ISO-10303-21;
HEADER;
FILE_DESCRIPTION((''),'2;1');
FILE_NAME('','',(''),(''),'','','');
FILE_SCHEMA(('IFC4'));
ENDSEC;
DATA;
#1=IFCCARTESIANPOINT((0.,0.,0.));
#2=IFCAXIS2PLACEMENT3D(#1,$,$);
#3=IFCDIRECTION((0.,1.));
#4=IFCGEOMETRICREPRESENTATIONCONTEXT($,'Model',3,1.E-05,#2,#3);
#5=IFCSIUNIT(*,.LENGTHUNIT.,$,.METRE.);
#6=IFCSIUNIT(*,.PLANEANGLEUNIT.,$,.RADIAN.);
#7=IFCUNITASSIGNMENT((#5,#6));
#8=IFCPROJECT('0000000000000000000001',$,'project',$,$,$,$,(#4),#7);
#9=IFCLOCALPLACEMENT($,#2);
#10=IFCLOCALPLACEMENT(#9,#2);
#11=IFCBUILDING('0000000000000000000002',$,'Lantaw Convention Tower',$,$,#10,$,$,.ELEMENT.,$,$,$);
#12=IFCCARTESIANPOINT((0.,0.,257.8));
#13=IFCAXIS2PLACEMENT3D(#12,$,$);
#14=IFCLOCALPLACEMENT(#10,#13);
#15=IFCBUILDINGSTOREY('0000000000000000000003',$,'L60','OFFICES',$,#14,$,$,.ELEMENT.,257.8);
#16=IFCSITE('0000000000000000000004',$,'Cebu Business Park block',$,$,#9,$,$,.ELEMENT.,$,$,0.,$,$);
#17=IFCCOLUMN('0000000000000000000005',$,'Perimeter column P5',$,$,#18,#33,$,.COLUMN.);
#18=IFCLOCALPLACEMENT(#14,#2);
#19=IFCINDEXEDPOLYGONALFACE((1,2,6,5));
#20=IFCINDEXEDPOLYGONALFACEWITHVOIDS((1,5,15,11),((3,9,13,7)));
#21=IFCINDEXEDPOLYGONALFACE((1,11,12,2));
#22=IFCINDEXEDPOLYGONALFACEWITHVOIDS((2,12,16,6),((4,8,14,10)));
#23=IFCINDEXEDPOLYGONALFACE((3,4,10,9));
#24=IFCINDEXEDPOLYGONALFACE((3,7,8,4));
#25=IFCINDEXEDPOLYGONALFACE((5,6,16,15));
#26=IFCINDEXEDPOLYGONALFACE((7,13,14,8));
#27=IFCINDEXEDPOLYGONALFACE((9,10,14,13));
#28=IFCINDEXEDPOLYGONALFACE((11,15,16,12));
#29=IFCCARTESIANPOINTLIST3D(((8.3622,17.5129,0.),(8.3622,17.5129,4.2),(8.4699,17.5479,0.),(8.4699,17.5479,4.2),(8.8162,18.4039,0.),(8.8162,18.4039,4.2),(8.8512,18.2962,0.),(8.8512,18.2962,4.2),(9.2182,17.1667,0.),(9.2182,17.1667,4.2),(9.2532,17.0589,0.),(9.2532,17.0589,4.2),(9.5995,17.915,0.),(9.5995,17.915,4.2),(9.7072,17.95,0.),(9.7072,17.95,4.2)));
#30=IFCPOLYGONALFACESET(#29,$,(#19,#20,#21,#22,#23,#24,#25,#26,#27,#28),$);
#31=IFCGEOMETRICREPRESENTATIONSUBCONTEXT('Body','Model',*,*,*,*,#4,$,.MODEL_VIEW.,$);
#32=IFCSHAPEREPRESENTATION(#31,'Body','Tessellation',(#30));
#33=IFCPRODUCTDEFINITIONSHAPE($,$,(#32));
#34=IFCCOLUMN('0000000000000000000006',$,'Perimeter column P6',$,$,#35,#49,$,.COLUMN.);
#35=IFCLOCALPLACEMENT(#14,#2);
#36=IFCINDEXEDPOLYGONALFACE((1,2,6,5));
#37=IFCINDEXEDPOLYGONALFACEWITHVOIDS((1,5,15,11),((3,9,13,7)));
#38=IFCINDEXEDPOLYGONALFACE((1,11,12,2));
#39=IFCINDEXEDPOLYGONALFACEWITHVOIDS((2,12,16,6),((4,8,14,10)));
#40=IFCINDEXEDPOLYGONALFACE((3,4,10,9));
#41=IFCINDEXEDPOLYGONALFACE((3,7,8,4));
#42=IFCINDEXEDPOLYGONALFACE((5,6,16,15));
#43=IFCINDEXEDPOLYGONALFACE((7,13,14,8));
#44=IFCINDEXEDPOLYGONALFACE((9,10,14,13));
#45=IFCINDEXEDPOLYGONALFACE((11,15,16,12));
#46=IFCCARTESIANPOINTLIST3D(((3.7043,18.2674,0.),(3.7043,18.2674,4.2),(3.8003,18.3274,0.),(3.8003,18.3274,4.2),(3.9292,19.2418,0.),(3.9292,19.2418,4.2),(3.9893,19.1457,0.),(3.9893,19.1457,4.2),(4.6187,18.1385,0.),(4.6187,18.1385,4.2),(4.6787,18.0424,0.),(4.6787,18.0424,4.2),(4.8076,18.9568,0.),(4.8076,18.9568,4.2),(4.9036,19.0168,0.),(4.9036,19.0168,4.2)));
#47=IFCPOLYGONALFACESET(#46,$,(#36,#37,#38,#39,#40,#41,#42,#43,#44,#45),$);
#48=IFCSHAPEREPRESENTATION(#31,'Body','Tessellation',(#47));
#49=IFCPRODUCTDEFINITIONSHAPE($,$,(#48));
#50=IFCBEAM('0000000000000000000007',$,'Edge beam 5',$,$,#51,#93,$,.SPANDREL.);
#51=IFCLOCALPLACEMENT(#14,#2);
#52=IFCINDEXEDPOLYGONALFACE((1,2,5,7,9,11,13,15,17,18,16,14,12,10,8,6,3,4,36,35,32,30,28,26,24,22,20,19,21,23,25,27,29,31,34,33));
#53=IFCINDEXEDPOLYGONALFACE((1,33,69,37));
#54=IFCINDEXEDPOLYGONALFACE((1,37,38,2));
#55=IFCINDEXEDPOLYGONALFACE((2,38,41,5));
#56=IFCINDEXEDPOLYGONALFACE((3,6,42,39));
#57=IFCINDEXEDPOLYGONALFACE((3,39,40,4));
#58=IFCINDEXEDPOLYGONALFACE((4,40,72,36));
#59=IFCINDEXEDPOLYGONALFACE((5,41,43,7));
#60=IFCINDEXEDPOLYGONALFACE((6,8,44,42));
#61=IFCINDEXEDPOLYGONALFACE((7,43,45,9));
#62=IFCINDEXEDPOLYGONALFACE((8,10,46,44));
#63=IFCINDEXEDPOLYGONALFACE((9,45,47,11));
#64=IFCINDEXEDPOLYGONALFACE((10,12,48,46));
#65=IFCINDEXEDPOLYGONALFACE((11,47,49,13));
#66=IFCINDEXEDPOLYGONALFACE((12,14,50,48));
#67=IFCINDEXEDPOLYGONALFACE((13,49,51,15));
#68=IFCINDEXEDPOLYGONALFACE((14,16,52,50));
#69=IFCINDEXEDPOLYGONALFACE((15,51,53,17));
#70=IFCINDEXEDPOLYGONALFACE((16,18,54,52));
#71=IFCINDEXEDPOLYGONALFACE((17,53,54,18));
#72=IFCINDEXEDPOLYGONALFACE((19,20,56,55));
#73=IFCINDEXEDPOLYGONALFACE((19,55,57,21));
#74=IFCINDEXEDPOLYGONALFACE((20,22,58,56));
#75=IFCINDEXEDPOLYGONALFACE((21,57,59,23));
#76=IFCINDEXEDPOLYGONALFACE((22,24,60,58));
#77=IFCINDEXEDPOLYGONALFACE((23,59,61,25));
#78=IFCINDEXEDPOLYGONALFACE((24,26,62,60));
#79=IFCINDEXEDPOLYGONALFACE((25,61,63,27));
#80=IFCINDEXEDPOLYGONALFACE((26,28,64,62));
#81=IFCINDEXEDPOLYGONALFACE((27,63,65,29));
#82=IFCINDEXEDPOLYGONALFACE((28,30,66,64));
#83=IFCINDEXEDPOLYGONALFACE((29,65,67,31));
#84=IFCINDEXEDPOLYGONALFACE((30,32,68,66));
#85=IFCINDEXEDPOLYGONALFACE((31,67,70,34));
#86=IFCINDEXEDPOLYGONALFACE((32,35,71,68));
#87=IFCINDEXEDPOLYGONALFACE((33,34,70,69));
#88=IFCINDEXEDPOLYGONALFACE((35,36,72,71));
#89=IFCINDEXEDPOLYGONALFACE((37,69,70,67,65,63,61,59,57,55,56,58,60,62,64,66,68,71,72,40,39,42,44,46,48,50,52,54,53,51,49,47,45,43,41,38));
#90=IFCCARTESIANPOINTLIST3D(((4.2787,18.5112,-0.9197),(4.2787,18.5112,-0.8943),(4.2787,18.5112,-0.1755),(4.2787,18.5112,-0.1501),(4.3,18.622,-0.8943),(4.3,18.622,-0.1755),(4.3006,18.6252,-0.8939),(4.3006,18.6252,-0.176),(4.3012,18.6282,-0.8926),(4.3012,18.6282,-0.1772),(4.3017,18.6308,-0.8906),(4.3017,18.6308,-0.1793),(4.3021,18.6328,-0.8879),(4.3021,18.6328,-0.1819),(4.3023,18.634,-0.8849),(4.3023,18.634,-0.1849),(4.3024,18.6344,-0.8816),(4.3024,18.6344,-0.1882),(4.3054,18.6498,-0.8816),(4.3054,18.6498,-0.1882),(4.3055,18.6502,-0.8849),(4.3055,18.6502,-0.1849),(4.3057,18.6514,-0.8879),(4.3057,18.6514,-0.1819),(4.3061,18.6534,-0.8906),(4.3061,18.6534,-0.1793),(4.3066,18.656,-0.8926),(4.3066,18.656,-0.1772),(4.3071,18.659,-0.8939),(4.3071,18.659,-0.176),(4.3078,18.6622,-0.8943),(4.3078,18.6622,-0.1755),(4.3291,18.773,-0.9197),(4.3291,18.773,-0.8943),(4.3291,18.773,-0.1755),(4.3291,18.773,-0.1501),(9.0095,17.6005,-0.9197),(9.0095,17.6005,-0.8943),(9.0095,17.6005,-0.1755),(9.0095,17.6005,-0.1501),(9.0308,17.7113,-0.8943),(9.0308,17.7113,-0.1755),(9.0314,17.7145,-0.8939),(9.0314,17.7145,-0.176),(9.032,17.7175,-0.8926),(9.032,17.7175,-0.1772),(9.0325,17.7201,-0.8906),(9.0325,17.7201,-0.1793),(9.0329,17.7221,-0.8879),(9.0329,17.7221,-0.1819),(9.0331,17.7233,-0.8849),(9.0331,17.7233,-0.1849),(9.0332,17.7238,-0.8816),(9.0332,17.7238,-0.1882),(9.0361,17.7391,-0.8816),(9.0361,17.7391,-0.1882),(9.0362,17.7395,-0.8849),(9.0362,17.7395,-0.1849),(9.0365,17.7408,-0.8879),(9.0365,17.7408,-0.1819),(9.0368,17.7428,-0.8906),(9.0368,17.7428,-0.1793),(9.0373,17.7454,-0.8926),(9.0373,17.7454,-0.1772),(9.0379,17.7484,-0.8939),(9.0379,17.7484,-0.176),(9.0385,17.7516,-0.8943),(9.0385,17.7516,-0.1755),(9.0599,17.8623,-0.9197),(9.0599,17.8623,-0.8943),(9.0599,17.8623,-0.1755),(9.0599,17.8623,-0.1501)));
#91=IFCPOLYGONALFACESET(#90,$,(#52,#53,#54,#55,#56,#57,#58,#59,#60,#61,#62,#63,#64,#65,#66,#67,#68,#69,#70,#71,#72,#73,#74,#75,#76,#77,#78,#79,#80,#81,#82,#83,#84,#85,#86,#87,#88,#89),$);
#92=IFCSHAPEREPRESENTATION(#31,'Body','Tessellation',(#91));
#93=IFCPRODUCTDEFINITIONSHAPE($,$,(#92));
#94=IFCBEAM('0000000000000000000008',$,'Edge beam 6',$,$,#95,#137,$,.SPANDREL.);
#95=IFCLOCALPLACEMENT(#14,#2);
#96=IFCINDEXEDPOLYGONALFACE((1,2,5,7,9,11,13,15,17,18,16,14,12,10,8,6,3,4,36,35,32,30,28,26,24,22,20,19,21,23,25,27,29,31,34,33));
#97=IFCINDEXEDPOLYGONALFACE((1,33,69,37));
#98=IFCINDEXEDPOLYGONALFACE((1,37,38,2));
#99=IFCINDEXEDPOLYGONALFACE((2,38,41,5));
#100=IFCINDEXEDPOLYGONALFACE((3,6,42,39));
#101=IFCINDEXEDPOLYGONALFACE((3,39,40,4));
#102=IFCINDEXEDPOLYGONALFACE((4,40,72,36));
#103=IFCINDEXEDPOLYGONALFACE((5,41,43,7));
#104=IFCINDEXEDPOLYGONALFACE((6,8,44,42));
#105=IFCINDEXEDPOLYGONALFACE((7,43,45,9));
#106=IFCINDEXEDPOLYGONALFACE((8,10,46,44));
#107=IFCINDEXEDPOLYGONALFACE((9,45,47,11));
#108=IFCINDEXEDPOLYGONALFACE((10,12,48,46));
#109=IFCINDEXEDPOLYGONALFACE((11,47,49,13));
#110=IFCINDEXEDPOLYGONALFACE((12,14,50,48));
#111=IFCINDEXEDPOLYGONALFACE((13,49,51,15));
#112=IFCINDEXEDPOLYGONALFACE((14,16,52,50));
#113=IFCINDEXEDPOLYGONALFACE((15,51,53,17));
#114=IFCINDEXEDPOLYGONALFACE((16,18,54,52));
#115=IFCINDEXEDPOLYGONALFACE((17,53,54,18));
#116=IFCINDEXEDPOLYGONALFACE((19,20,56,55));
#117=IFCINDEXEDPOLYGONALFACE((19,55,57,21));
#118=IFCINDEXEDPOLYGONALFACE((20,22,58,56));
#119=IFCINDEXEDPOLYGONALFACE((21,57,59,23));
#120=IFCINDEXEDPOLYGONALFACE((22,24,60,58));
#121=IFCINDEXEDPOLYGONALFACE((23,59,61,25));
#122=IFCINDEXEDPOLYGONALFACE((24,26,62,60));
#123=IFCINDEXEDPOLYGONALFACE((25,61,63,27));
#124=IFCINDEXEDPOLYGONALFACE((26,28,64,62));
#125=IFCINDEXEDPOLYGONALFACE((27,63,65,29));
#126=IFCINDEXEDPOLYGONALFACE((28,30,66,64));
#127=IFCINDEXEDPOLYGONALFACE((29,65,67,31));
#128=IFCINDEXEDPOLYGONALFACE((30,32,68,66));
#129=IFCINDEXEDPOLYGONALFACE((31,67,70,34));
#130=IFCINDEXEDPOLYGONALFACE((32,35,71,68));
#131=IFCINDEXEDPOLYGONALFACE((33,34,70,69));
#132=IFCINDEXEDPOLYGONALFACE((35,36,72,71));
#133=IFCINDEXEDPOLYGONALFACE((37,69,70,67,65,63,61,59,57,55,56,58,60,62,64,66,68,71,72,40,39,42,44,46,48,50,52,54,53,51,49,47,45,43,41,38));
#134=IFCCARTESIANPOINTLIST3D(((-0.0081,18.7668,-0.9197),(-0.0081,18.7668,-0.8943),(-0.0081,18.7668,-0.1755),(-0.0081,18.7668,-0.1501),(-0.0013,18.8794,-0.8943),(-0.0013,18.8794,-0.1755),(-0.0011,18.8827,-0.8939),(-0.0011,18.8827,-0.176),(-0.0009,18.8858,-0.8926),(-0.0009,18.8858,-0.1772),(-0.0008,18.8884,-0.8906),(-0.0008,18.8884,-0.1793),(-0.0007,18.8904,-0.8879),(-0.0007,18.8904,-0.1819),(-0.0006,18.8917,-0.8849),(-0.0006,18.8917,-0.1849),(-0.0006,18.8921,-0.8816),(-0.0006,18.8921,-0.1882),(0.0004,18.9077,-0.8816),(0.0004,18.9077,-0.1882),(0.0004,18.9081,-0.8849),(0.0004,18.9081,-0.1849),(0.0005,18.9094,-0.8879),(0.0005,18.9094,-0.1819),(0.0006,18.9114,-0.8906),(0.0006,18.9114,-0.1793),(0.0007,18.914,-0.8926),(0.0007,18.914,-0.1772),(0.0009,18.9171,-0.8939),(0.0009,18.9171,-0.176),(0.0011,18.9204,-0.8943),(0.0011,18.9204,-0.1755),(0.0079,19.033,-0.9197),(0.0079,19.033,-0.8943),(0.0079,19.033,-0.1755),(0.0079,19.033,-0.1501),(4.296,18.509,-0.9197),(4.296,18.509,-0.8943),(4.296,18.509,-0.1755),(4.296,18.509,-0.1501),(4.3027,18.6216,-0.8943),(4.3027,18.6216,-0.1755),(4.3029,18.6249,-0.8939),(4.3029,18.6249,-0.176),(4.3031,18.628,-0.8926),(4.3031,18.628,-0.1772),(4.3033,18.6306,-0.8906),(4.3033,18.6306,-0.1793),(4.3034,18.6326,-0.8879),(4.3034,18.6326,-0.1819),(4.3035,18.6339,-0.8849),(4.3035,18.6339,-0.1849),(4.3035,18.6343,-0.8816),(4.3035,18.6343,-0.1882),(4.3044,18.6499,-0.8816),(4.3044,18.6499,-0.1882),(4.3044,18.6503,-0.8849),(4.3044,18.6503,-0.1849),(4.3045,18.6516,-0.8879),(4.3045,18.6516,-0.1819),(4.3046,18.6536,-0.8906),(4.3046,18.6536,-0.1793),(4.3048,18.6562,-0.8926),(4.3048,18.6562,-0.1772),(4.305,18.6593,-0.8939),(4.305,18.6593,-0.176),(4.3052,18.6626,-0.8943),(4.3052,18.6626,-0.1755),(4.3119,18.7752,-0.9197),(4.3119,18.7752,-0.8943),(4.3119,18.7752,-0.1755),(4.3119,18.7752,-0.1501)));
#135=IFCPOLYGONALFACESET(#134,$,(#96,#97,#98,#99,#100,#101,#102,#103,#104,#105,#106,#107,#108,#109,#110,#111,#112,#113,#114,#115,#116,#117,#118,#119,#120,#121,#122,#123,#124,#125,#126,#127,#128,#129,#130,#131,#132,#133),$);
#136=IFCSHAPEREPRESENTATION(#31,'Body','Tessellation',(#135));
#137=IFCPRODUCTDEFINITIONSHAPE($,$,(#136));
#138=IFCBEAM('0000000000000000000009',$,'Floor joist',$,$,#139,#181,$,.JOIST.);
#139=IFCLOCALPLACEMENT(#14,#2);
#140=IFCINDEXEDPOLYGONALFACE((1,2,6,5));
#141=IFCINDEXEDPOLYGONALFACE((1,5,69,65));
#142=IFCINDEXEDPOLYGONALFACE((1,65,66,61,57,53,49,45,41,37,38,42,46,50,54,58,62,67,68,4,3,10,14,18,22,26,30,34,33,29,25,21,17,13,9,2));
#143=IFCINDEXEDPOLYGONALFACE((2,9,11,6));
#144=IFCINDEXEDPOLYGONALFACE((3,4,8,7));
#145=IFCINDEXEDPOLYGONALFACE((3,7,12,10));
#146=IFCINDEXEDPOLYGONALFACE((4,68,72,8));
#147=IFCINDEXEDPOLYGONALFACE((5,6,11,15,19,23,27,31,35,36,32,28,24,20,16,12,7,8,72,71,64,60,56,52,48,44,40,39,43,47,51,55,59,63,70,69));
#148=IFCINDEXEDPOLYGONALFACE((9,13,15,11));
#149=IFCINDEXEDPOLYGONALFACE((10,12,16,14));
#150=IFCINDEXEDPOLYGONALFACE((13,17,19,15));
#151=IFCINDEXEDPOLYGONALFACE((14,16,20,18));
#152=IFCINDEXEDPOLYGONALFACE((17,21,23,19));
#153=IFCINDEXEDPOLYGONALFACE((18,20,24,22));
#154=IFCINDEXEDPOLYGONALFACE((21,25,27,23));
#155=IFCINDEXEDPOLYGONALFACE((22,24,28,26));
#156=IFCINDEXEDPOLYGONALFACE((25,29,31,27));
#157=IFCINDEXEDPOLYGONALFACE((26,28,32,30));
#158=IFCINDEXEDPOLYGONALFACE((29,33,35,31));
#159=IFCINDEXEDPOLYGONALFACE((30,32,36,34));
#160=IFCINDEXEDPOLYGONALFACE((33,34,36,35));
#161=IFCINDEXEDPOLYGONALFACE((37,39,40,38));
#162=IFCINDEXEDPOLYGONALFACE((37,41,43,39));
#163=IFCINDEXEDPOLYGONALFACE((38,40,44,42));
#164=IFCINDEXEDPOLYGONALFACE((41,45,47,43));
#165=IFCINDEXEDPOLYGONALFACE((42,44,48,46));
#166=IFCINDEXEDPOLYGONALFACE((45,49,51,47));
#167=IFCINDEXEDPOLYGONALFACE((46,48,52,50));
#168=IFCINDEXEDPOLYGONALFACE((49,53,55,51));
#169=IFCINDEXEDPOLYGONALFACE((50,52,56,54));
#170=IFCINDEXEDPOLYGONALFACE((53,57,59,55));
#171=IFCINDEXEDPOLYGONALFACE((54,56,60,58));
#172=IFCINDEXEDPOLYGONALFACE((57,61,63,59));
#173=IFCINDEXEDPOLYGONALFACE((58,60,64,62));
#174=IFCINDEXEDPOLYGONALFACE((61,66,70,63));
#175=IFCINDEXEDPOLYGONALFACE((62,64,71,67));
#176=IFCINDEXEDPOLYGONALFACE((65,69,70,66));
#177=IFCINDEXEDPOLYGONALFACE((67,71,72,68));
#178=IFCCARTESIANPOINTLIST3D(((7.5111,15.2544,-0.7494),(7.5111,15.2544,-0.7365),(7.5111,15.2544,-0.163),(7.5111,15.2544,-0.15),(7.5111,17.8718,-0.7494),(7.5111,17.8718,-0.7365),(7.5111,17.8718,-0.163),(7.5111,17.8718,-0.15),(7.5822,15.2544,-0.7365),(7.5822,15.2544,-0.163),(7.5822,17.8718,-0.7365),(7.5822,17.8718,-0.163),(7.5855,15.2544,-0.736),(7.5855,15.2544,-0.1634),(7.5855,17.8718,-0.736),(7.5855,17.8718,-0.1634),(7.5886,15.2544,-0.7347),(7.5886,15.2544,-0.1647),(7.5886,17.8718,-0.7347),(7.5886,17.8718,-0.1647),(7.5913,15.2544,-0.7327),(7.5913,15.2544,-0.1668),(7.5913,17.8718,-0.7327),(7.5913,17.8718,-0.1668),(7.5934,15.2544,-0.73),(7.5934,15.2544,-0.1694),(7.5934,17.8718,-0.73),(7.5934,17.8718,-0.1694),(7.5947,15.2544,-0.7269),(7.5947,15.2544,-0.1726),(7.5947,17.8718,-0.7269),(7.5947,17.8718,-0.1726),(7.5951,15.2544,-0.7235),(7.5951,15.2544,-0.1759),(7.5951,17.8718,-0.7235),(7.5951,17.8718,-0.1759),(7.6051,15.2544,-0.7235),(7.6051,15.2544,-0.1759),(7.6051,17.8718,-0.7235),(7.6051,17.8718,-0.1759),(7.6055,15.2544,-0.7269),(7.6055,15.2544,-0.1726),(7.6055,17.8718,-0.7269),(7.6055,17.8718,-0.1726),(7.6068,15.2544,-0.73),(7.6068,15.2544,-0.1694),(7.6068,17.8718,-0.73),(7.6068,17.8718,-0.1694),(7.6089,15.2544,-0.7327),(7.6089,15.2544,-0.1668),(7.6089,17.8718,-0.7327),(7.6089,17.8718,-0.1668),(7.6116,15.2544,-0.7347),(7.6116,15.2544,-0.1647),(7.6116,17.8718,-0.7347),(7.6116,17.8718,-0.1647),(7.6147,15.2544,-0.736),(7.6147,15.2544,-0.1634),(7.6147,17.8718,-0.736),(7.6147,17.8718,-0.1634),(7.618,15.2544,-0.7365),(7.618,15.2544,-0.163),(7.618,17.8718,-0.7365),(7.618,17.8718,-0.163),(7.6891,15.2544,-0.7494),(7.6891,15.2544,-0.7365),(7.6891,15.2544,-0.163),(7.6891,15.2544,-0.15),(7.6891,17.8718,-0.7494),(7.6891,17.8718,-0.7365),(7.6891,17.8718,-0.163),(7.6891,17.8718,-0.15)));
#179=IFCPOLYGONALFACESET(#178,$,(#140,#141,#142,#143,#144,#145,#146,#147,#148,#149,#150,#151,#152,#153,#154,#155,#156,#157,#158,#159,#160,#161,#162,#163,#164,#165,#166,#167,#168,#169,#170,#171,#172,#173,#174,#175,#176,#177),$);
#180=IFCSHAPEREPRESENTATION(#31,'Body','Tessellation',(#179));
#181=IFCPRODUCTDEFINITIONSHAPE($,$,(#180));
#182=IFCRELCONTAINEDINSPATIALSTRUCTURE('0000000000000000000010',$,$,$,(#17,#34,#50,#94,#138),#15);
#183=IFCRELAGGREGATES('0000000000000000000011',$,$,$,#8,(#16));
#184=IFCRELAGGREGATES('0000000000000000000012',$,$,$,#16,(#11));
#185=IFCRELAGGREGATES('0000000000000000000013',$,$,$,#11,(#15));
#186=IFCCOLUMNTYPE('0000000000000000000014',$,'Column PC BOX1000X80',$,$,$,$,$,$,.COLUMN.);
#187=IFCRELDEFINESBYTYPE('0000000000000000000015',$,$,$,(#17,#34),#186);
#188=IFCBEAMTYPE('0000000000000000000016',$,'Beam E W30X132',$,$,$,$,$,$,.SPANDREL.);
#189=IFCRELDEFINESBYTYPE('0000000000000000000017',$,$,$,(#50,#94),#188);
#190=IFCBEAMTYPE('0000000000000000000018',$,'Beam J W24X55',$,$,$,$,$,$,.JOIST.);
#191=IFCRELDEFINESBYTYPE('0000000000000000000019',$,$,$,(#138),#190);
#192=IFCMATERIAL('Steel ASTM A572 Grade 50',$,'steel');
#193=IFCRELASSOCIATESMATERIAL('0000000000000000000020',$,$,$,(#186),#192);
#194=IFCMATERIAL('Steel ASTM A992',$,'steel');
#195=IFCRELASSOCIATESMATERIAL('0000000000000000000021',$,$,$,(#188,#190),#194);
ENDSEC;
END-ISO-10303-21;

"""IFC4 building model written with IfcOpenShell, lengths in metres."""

from ifc_helpers import new_model, si_unit, direction, frame, origin, origin_2d, place, context, subcontext, project, spatial, rectangle, hollow_rectangle, i_section, extrude, material, material_profile, profile_set, type_object, element, save


model = new_model("IFC4")

# Units and contexts
model_context = context("Model", 3, precision=1e-05, world=origin(), true_north=direction((0.0, 1.0)))
body_context = subcontext(model_context, "Body", "Model", "MODEL_VIEW")
ifc_project = project(units=[si_unit("LENGTHUNIT", "METRE"), si_unit("PLANEANGLEUNIT", "RADIAN")], contexts=[model_context])

# Site, building, storey
site_placement = place(None, origin())
site = spatial("IfcSite", under=ifc_project, at=site_placement, Name="Cebu Business Park block", CompositionType="ELEMENT", RefElevation=0.0)
building_placement = place(site_placement, origin())
building = spatial("IfcBuilding", under=site, at=building_placement, Name="Lantaw Convention Tower", CompositionType="ELEMENT")
storey_placement = place(building_placement, frame((0.0, 0.0, 257.8)))
storey = spatial("IfcBuildingStorey", under=building, at=storey_placement, Name="L60", Description="OFFICES", CompositionType="ELEMENT", Elevation=257.8)

# Columns
ifc_material_1 = material(Name="Steel ASTM A572 Grade 50", Category="steel")
ifc_material_profile_1 = material_profile(ifc_material_1, hollow_rectangle(XDim=1.0, YDim=1.0, WallThickness=0.0801, at=origin_2d()), Name="BOX1000X80")
ifc_material_2 = material(Name="Concrete C60/75", Category="concrete")
ifc_material_profile_2 = material_profile(ifc_material_2, rectangle(XDim=0.8401, YDim=0.8401, at=origin_2d()), Name="Concrete fill of BOX1000X80")
ifc_profile_set_1 = profile_set([ifc_material_profile_1, ifc_material_profile_2], Name="Steel ASTM A572 Grade 50")
column_type = type_object("IfcColumnType", Name="Column PC BOX1000X80", PredefinedType="COLUMN", material=ifc_profile_set_1)
for number, where, z_axis, x_axis, name in (
    (1, (9.0347, 17.7314, 0.0), (0.0, 0.0, 1.0), (0.45399, 0.891007, 0.0), "Perimeter column P5"),
    (2, (4.304, 18.6421, 0.0), (0.0, 0.0, 1.0), (0.224951, 0.97437, 0.0), "Perimeter column P6"),
):
    element("IfcColumn", number, at=place(storey_placement, frame(where, z_axis=z_axis, x_axis=x_axis)), inside=storey, type_object=column_type, Name=name, PredefinedType="COLUMN", context=body_context, shape_type="SweptSolid", body=[
        extrude(hollow_rectangle(XDim=1.0, YDim=1.0, WallThickness=0.0801, at=origin_2d()), origin(), (0.0, 0.0, 1.0), 4.2),
    ])

# Beams
ifc_material_3 = material(Name="Steel ASTM A992", Category="steel")
ifc_material_profile_3 = material_profile(ifc_material_3, i_section(OverallWidth=0.2666, OverallDepth=0.7695, WebThickness=0.0156, FlangeThickness=0.0254, FilletRadius=0.0127, at=origin_2d()), Name="W30X132")
ifc_profile_set_2 = profile_set([ifc_material_profile_3], Name="Steel ASTM A992")
beam_type_1 = type_object("IfcBeamType", Name="Beam E W30X132", PredefinedType="SPANDREL", material=ifc_profile_set_2)
beam_1_placement = place(storey_placement, frame((9.0347, 17.7314, -0.5349), z_axis=(-0.981972, 0.189026, 0.0), x_axis=(-0.189026, -0.981972, 0.0)))
element("IfcBeam", 3, at=beam_1_placement, inside=storey, type_object=beam_type_1, Name="Edge beam 5", PredefinedType="SPANDREL", context=body_context, shape_type="SweptSolid", body=[
    extrude(i_section(OverallWidth=0.2666, OverallDepth=0.7695, WebThickness=0.0156, FlangeThickness=0.0254, FilletRadius=0.0127, at=origin_2d()), origin(), (0.0, 0.0, 1.0), 4.8176),
])
beam_2_placement = place(storey_placement, frame((4.304, 18.6421, -0.5349), z_axis=(-0.998211, 0.059794, 0.0), x_axis=(-0.059794, -0.998211, 0.0)))
element("IfcBeam", 4, at=beam_2_placement, inside=storey, type_object=beam_type_1, Name="Edge beam 6", PredefinedType="SPANDREL", context=body_context, shape_type="SweptSolid", body=[
    extrude(i_section(OverallWidth=0.2666, OverallDepth=0.7695, WebThickness=0.0156, FlangeThickness=0.0254, FilletRadius=0.0127, at=origin_2d()), origin(), (0.0, 0.0, 1.0), 4.3118),
])
ifc_material_profile_4 = material_profile(ifc_material_3, i_section(OverallWidth=0.178, OverallDepth=0.5994, WebThickness=0.01, FlangeThickness=0.0129, FilletRadius=0.0129, at=origin_2d()), Name="W24X55")
ifc_profile_set_3 = profile_set([ifc_material_profile_4], Name="Steel ASTM A992")
beam_type_2 = type_object("IfcBeamType", Name="Beam J W24X55", PredefinedType="JOIST", material=ifc_profile_set_3)
beam_3_placement = place(storey_placement, frame((7.6001, 15.2544, -0.4497), z_axis=(0.0, 1.0, 0.0), x_axis=(-1.0, 0.0, 0.0)))
element("IfcBeam", 5, at=beam_3_placement, inside=storey, type_object=beam_type_2, Name="Floor joist", PredefinedType="JOIST", context=body_context, shape_type="SweptSolid", body=[
    extrude(i_section(OverallWidth=0.178, OverallDepth=0.5994, WebThickness=0.01, FlangeThickness=0.0129, FilletRadius=0.0129, at=origin_2d()), origin(), (0.0, 0.0, 1.0), 2.6174),
])

save(model, "model.ifc")
